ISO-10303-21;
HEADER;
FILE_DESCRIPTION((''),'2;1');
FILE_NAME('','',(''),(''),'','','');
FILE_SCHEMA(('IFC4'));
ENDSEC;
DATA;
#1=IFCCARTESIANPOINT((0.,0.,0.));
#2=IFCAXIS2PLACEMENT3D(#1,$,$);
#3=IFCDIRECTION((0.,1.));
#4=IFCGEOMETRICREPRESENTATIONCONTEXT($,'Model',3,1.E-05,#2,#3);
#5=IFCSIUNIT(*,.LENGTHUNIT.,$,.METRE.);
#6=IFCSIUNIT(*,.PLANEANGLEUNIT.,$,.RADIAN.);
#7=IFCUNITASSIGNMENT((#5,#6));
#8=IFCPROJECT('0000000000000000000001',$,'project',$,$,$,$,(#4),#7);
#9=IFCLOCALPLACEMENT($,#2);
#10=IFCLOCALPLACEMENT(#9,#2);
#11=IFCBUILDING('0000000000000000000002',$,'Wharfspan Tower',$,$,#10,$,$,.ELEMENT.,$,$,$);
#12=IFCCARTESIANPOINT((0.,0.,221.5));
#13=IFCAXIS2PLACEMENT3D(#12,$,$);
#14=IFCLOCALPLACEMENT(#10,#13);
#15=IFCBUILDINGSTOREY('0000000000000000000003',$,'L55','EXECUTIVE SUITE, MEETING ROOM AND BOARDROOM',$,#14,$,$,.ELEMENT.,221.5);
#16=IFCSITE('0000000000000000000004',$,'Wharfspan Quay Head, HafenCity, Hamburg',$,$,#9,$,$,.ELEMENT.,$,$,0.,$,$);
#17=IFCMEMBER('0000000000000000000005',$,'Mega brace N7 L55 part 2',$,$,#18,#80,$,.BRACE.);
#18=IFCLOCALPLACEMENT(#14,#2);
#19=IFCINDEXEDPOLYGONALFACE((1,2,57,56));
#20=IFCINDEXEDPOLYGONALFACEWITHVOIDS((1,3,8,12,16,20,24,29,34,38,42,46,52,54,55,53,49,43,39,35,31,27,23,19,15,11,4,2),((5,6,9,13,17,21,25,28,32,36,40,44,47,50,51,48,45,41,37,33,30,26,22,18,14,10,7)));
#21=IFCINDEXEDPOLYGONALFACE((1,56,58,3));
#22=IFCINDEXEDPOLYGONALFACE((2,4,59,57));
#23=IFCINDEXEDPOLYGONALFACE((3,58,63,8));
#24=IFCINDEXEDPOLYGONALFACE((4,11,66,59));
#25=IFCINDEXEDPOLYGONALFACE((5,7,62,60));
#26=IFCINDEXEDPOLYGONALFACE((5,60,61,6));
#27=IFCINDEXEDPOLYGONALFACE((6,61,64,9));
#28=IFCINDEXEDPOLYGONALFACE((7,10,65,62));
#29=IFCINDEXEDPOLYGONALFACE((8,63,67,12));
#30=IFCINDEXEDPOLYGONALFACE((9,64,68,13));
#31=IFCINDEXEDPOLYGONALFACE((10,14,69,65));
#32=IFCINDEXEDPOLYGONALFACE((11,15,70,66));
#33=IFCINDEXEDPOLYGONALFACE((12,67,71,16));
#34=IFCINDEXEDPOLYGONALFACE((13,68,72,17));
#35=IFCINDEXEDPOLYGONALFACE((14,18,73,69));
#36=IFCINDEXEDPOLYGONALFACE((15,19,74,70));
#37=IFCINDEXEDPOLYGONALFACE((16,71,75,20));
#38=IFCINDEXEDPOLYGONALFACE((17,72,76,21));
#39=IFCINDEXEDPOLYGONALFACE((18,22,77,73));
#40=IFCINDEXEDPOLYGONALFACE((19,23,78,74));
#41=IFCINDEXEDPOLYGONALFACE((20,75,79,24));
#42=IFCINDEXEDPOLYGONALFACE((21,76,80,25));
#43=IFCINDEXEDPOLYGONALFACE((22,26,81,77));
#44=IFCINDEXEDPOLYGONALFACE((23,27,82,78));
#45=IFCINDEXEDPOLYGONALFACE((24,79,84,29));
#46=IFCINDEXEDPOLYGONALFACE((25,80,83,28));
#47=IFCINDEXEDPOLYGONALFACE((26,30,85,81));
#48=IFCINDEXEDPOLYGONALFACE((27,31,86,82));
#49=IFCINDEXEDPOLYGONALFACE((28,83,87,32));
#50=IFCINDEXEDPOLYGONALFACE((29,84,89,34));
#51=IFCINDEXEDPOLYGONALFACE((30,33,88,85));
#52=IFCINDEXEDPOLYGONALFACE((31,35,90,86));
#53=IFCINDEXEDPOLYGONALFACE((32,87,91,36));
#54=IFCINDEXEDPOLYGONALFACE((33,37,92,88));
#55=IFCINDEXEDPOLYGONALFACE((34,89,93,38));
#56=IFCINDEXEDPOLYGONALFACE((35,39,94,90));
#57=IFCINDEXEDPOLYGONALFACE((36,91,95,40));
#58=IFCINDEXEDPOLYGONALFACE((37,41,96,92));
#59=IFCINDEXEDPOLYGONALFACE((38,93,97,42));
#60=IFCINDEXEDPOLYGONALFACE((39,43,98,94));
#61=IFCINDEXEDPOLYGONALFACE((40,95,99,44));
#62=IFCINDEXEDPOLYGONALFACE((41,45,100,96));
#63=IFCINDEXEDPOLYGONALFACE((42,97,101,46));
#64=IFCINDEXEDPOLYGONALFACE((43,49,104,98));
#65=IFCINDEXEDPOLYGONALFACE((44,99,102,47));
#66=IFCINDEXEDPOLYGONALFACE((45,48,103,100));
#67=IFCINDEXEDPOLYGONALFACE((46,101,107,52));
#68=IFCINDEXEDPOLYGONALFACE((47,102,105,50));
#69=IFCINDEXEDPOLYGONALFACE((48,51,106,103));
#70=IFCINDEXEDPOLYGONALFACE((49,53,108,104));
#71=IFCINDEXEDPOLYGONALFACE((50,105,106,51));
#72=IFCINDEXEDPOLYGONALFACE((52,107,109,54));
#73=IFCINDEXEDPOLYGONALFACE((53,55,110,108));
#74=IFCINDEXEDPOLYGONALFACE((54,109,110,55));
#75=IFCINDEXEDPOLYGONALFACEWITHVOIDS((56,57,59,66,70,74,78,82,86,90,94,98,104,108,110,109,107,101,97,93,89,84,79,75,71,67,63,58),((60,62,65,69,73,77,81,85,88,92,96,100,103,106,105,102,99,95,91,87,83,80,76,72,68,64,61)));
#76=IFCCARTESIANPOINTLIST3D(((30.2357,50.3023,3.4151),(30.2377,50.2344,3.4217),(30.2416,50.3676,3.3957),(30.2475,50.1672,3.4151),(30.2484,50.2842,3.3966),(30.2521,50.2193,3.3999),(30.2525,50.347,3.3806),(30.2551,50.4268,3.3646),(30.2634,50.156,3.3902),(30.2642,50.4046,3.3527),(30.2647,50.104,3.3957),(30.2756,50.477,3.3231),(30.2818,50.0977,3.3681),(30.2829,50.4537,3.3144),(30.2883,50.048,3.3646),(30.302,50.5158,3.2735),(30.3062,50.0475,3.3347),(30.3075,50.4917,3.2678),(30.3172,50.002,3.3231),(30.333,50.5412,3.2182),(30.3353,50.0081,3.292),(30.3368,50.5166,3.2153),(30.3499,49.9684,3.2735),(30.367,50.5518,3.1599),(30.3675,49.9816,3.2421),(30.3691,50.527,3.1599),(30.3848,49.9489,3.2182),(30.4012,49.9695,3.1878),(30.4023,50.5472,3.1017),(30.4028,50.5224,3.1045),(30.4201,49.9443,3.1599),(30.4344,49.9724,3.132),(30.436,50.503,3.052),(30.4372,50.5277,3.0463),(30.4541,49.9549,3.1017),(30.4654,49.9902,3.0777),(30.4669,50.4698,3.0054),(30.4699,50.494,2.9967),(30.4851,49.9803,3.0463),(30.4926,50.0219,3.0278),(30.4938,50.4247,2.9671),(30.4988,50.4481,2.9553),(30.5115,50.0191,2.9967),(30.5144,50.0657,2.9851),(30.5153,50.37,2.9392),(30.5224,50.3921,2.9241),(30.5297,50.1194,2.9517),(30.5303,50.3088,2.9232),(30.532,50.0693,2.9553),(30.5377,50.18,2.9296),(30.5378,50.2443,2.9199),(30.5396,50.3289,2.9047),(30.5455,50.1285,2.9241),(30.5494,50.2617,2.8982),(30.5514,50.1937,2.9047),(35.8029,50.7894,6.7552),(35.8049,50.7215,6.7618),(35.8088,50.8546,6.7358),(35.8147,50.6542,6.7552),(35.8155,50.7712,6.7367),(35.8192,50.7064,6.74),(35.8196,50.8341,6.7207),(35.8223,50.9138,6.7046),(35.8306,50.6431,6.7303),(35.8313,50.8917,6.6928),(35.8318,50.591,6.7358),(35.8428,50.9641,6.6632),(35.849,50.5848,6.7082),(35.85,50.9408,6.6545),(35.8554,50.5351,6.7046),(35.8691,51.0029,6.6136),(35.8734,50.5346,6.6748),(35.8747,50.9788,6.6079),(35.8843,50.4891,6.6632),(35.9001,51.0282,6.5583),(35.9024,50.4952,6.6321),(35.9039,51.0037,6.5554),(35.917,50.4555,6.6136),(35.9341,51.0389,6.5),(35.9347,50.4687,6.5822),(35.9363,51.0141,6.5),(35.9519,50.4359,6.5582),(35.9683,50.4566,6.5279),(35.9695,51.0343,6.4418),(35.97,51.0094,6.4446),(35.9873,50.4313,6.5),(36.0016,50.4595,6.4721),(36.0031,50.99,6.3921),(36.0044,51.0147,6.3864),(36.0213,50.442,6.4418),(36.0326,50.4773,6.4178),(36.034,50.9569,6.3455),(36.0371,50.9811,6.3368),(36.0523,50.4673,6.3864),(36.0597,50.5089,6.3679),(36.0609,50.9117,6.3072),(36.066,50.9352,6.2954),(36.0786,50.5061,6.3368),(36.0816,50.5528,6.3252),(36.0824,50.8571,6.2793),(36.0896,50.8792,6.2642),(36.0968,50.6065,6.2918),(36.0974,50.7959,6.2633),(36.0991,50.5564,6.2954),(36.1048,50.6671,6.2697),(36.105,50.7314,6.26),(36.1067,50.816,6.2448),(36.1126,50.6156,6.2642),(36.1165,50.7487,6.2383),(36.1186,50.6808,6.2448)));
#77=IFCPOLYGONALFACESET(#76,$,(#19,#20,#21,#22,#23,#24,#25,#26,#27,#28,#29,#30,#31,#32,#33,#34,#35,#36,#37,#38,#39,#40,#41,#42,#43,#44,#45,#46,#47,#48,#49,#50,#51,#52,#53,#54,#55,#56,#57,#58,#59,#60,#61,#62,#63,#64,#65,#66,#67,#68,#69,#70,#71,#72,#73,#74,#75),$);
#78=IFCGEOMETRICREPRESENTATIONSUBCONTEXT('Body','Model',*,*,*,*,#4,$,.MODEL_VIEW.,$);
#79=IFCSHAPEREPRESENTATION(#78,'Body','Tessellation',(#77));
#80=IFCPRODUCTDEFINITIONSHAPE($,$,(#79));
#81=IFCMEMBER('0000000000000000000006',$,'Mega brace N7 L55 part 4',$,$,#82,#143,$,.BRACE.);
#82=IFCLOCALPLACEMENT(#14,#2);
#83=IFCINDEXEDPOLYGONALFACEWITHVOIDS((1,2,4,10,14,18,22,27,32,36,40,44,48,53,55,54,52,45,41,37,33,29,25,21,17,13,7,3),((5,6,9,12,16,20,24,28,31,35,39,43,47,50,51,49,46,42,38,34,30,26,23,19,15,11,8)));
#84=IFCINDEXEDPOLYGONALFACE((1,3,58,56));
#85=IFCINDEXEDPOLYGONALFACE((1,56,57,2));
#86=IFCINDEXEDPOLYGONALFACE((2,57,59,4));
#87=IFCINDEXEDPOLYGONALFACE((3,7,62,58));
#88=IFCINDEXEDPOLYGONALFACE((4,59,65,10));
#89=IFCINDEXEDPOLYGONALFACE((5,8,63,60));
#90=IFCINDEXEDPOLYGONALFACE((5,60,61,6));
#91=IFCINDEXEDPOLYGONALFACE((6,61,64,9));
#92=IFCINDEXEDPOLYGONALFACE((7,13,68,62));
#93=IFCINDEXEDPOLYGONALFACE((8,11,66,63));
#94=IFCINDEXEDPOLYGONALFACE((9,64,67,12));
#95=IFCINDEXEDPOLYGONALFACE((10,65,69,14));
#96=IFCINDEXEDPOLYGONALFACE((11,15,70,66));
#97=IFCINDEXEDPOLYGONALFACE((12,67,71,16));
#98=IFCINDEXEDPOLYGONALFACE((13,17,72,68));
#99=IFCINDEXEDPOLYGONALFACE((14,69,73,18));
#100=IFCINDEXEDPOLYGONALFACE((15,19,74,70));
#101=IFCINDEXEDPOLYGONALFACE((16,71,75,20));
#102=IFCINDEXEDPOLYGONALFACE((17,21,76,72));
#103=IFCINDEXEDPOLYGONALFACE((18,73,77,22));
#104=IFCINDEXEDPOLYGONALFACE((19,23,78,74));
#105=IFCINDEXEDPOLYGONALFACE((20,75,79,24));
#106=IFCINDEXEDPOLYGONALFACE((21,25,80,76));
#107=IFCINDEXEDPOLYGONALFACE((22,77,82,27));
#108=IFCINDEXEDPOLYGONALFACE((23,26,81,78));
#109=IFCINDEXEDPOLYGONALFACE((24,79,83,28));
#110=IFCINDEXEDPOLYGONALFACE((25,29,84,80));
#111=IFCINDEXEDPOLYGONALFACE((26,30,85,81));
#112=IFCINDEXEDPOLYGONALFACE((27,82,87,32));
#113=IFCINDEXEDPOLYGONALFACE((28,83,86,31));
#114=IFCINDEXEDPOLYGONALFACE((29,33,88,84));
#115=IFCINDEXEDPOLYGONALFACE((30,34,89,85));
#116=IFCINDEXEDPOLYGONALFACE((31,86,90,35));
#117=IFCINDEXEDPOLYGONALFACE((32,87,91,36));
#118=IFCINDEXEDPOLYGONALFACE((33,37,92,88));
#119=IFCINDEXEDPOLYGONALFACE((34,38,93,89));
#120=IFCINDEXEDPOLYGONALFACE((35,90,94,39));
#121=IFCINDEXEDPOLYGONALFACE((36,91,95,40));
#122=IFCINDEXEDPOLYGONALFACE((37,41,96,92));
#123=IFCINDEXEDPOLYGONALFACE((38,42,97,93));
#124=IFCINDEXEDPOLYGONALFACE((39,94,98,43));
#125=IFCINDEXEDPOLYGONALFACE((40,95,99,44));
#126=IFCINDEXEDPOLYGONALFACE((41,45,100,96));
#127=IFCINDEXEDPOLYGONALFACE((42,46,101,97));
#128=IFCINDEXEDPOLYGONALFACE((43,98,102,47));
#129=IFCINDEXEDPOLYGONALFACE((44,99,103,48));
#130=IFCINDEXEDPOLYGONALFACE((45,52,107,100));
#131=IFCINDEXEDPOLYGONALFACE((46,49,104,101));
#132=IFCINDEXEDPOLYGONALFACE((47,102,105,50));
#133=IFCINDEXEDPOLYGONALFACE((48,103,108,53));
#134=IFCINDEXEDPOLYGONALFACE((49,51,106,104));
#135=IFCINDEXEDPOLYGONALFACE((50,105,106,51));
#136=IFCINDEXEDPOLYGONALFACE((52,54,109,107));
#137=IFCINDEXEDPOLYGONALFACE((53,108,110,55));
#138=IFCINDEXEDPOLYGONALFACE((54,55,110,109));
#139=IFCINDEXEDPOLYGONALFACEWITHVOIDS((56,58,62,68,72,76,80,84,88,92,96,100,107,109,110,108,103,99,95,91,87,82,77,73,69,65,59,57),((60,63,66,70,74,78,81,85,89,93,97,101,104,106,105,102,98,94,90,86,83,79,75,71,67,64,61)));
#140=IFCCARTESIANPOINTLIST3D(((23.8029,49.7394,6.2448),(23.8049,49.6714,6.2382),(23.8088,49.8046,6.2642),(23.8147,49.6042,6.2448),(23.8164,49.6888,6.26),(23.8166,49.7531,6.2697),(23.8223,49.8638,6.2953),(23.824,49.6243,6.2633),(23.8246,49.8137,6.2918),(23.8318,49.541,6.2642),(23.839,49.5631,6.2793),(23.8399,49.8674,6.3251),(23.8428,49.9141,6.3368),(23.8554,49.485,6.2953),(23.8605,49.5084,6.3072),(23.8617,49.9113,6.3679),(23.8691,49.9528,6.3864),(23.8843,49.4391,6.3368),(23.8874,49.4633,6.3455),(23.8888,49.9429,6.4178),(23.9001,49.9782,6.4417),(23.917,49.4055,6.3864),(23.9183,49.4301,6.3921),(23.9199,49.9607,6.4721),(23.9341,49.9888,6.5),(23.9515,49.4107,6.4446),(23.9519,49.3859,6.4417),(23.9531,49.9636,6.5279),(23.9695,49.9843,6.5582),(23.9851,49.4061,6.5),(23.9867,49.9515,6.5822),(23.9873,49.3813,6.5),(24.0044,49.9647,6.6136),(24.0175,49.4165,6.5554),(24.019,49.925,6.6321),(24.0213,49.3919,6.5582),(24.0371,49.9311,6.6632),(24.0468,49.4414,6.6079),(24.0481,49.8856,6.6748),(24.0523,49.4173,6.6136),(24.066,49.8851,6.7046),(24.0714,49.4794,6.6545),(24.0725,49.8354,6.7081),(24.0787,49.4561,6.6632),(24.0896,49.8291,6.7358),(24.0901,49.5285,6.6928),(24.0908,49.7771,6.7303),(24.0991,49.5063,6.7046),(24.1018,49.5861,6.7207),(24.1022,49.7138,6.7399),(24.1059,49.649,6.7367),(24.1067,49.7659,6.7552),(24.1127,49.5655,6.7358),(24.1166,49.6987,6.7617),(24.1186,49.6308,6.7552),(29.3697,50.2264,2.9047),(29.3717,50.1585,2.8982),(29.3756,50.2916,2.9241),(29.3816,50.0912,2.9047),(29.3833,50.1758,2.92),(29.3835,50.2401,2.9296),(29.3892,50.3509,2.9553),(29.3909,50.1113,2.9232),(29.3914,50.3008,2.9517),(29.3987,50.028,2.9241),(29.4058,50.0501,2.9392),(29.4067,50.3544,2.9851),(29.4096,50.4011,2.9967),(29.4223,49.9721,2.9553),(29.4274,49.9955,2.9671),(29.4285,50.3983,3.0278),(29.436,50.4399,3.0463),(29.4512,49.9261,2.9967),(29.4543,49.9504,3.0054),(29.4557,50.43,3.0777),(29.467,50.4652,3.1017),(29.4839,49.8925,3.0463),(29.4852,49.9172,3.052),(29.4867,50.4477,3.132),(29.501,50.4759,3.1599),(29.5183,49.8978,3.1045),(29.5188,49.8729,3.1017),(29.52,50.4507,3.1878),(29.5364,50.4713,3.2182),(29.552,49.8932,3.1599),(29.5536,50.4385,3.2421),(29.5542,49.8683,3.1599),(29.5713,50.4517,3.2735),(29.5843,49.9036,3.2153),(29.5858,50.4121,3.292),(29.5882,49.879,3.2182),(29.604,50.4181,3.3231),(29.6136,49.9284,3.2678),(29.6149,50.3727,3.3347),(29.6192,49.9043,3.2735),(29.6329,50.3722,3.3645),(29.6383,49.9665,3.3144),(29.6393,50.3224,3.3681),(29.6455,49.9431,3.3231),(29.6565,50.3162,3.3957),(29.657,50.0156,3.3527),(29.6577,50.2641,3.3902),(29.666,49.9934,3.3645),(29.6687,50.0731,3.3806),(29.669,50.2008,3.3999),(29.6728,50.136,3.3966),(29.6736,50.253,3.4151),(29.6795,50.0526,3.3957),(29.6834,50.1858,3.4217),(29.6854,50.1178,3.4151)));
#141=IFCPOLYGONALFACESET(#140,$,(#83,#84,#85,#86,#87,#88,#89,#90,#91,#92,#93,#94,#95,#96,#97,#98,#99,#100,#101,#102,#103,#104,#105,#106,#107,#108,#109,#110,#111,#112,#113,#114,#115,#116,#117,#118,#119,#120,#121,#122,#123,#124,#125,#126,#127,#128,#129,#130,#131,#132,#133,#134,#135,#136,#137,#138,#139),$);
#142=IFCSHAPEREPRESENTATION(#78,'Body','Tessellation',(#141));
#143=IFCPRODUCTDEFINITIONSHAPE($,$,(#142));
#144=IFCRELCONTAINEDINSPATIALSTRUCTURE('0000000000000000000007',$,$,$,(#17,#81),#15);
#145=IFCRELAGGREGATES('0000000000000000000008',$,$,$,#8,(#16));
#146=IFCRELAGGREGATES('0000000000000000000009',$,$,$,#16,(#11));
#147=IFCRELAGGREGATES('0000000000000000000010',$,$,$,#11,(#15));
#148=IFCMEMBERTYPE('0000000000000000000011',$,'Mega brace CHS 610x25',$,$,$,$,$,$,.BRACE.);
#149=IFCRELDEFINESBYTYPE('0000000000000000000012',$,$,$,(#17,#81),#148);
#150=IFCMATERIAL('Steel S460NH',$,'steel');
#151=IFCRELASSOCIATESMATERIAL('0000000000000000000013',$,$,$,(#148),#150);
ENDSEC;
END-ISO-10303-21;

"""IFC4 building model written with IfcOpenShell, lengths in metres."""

from ifc_helpers import new_model, si_unit, direction, frame, origin, origin_2d, place, context, subcontext, project, spatial, hollow_circle, extrude, material, material_profile, profile_set, type_object, element, save


model = new_model("IFC4")

# Units and contexts
model_context = context("Model", 3, precision=1e-05, world=origin(), true_north=direction((0.0, 1.0)))
body_context = subcontext(model_context, "Body", "Model", "MODEL_VIEW")
ifc_project = project(units=[si_unit("LENGTHUNIT", "METRE"), si_unit("PLANEANGLEUNIT", "RADIAN")], contexts=[model_context])

# Site, building, storey
site_placement = place(None, origin())
site = spatial("IfcSite", under=ifc_project, at=site_placement, Name="Wharfspan Quay Head, HafenCity, Hamburg", CompositionType="ELEMENT", RefElevation=0.0)
building_placement = place(site_placement, origin())
building = spatial("IfcBuilding", under=site, at=building_placement, Name="Wharfspan Tower", CompositionType="ELEMENT")
storey_placement = place(building_placement, frame((0.0, 0.0, 221.5)))
storey = spatial("IfcBuildingStorey", under=building, at=storey_placement, Name="L55", Description="EXECUTIVE SUITE, MEETING ROOM AND BOARDROOM", CompositionType="ELEMENT", Elevation=221.5)

# Members
ifc_material_1 = material(Name="Steel S460NH", Category="steel")
ifc_material_profile_1 = material_profile(ifc_material_1, hollow_circle(Radius=0.3049, WallThickness=0.0249, at=origin_2d()))
ifc_profile_set_1 = profile_set([ifc_material_profile_1], Name="Steel S460NH")
member_type = type_object("IfcMemberType", Name="Mega brace CHS 610x25", PredefinedType="BRACE", material=ifc_profile_set_1)
member_1_placement = place(storey_placement, frame((30.3936, 50.248, 3.1599), z_axis=(0.855103, 0.074812, 0.513032), x_axis=(-0.087157, 0.996193, 0.000002)))
element("IfcMember", 1, at=member_1_placement, inside=storey, type_object=member_type, Name="Mega brace N7 L55 part 2", PredefinedType="BRACE", context=body_context, shape_type="SweptSolid", body=[
    extrude(hollow_circle(Radius=0.3049, WallThickness=0.0249, at=origin_2d()), origin(), (0.0, 0.0, 1.0), 6.5105),
])
member_2_placement = place(storey_placement, frame((29.5276, 50.1721, 3.1599), z_axis=(-0.855093, -0.074814, 0.513048), x_axis=(0.087159, -0.996198, -0.000001)))
element("IfcMember", 2, at=member_2_placement, inside=storey, type_object=member_type, Name="Mega brace N7 L55 part 4", PredefinedType="BRACE", context=body_context, shape_type="SweptSolid", body=[
    extrude(hollow_circle(Radius=0.3049, WallThickness=0.0249, at=origin_2d()), origin(), (0.0, 0.0, 1.0), 6.5103),
])

save(model, "model.ifc")
